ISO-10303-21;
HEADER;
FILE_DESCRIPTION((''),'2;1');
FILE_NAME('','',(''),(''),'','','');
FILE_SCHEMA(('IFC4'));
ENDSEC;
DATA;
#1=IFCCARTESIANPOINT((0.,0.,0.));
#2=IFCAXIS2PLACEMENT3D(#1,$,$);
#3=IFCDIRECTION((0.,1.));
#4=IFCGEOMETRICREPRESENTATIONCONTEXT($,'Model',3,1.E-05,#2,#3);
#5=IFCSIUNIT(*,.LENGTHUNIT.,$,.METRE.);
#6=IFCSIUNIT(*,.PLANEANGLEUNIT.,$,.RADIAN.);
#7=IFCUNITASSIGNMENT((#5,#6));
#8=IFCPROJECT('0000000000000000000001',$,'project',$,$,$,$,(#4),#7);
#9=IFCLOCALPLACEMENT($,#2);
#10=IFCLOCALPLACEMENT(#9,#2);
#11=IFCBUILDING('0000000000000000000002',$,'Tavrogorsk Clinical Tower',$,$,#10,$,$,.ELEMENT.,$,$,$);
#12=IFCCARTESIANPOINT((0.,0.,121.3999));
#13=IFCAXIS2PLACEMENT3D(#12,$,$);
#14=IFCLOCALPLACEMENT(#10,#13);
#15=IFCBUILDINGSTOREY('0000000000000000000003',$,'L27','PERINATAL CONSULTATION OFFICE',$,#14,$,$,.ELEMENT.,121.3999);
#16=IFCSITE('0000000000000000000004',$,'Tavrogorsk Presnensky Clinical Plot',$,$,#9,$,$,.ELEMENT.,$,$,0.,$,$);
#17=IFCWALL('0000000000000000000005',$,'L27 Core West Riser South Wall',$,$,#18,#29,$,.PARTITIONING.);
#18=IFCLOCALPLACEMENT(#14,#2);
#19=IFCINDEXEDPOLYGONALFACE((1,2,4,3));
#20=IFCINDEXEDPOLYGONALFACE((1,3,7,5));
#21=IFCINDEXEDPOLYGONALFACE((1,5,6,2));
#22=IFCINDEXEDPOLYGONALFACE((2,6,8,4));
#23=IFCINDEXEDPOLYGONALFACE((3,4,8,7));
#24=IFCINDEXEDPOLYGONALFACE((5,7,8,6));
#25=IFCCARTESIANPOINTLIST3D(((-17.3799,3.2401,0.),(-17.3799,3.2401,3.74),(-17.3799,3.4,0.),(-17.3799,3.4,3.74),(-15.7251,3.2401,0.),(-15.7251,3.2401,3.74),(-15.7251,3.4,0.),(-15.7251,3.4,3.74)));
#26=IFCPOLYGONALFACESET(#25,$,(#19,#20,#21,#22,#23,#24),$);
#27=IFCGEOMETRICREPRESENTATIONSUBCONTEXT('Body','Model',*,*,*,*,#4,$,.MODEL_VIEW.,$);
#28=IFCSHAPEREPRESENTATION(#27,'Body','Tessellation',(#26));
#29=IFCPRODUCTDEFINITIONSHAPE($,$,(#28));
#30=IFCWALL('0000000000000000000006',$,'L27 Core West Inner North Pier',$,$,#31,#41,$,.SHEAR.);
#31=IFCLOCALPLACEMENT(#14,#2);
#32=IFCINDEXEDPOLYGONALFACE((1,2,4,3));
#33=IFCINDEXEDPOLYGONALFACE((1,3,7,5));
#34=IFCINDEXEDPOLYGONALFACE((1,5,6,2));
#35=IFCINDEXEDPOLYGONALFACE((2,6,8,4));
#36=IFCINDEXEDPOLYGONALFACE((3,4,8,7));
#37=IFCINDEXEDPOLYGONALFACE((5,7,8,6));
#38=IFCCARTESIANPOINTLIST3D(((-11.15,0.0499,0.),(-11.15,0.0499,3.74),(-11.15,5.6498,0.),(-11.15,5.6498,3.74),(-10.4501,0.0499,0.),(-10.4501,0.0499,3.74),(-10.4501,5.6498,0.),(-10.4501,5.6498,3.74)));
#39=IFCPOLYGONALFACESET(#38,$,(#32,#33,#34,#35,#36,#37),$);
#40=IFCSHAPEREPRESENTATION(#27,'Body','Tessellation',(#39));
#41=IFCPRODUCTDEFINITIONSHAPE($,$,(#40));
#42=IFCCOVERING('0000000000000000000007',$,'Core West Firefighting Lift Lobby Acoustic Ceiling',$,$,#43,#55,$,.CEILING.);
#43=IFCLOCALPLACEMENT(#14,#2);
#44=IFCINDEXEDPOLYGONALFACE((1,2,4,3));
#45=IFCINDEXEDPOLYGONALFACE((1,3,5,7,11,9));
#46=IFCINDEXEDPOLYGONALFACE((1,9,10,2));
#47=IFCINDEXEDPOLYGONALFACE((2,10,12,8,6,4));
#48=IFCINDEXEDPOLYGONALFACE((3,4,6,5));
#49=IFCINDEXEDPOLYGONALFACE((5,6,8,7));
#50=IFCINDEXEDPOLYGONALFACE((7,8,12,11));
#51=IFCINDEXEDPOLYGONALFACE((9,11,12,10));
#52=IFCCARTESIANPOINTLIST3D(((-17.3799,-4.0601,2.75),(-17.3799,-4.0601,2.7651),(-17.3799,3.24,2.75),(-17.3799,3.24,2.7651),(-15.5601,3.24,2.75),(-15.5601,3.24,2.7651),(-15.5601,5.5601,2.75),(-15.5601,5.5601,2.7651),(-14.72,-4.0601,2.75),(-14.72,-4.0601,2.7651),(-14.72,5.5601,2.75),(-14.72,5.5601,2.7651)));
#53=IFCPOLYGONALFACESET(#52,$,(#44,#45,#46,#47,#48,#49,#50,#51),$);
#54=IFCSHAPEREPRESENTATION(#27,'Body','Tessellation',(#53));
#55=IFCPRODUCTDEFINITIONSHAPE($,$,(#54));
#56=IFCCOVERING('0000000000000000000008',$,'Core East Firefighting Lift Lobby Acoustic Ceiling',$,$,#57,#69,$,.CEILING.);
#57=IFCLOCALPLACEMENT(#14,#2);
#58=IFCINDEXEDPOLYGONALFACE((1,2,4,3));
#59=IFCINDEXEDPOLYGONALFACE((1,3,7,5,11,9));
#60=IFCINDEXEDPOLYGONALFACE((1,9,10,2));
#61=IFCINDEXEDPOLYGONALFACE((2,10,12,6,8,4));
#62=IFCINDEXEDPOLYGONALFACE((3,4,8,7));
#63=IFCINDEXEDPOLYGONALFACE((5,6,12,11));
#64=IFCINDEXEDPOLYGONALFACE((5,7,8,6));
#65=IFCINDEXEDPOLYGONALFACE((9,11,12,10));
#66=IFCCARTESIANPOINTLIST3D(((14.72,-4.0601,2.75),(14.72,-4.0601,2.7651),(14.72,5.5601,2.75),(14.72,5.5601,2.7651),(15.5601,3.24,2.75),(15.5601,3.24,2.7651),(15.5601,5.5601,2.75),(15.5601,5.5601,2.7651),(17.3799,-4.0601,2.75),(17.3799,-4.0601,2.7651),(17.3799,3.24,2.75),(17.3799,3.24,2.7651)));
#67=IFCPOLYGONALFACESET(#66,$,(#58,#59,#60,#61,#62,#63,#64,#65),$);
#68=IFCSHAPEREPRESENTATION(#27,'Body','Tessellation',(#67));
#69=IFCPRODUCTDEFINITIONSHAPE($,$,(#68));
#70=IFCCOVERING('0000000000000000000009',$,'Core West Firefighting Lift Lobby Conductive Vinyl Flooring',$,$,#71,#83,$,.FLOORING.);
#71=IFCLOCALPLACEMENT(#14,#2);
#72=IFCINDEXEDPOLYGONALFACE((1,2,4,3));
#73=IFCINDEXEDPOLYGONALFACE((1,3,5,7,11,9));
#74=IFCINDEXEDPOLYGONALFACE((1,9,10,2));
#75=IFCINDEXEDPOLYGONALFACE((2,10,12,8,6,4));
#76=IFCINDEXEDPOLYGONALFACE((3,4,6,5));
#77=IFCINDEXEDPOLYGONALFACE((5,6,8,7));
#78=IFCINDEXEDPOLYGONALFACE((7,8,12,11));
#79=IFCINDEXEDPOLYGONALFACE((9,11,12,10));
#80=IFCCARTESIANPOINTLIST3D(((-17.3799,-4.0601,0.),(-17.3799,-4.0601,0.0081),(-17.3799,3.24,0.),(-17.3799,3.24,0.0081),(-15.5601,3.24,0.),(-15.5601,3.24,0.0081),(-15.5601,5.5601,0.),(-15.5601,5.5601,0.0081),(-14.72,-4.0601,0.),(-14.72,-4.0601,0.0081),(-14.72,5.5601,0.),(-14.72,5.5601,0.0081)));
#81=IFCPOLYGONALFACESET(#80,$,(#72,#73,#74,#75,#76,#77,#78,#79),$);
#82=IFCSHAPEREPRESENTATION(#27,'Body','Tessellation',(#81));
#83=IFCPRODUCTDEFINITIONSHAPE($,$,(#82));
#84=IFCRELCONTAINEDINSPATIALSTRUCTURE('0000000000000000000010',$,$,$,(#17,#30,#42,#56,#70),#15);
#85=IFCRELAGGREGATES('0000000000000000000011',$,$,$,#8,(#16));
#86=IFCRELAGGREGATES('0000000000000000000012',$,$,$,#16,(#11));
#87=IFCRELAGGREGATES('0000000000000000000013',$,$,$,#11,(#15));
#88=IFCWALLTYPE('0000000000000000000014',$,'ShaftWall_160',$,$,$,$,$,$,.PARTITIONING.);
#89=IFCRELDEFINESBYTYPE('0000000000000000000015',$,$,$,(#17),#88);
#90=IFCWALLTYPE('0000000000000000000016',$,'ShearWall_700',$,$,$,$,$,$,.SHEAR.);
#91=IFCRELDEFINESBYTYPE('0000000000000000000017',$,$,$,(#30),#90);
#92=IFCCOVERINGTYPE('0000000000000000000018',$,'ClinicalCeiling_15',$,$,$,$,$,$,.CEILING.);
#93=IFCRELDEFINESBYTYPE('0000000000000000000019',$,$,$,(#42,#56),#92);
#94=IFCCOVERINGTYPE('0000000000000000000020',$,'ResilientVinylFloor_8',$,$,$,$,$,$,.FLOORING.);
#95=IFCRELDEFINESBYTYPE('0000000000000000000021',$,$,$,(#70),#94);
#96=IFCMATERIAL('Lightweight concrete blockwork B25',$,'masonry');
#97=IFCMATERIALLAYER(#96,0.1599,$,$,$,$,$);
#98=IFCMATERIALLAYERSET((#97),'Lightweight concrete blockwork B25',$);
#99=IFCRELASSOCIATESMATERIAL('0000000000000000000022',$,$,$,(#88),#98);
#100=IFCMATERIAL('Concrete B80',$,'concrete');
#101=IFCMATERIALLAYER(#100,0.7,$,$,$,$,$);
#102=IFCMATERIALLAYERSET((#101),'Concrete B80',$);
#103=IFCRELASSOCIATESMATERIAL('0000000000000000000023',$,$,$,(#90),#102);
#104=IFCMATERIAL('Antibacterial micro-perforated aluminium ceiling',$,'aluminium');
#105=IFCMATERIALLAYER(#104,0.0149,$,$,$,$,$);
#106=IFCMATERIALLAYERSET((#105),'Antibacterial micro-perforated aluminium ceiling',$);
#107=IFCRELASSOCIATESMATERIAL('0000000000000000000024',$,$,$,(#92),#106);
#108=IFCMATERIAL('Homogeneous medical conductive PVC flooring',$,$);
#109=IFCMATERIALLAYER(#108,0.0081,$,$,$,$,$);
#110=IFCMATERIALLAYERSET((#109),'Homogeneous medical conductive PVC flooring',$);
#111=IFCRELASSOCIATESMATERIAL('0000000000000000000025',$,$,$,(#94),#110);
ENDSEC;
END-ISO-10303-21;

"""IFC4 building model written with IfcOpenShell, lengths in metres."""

from ifc_helpers import new_model, si_unit, direction, frame, frame_2d, origin, place, context, subcontext, project, spatial, polyline, rectangle, outline, extrude, material, layer, layer_set, type_object, element, save


model = new_model("IFC4")

# Units and contexts
model_context = context("Model", 3, precision=1e-05, world=origin(), true_north=direction((0.0, 1.0)))
body_context = subcontext(model_context, "Body", "Model", "MODEL_VIEW")
ifc_project = project(units=[si_unit("LENGTHUNIT", "METRE"), si_unit("PLANEANGLEUNIT", "RADIAN")], contexts=[model_context])

# Site, building, storey
site_placement = place(None, origin())
site = spatial("IfcSite", under=ifc_project, at=site_placement, Name="Tavrogorsk Presnensky Clinical Plot", CompositionType="ELEMENT", RefElevation=0.0)
building_placement = place(site_placement, origin())
building = spatial("IfcBuilding", under=site, at=building_placement, Name="Tavrogorsk Clinical Tower", CompositionType="ELEMENT")
storey_placement = place(building_placement, frame((0.0, 0.0, 121.3999)))
storey = spatial("IfcBuildingStorey", under=building, at=storey_placement, Name="L27", Description="PERINATAL CONSULTATION OFFICE", CompositionType="ELEMENT", Elevation=121.3999)

# Shared definitions
ifc_material_1 = material(Name="Lightweight concrete blockwork B25", Category="masonry")
ifc_layer_1 = layer(ifc_material_1, 0.1599)
ifc_layer_set_1 = layer_set([ifc_layer_1], Name="Lightweight concrete blockwork B25")
wall_type_1 = type_object("IfcWallType", Name="ShaftWall_160", PredefinedType="PARTITIONING", material=ifc_layer_set_1)

# Walls
wall_1_placement = place(storey_placement, frame((-17.3799, 3.3201, 0.0), z_axis=(0.0, 0.0, 1.0), x_axis=(1.0, 0.0, 0.0)))
element("IfcWall", 1, at=wall_1_placement, inside=storey, type_object=wall_type_1, Name="L27 Core West Riser South Wall", PredefinedType="PARTITIONING", context=body_context, shape_type="SweptSolid", body=[
    extrude(rectangle(XDim=1.6548, YDim=0.1599, at=frame_2d((0.8274, 0.0))), origin(), (0.0, 0.0, 1.0), 3.74),
])
ifc_material_2 = material(Name="Concrete B80", Category="concrete")
ifc_layer_2 = layer(ifc_material_2, 0.7)
ifc_layer_set_2 = layer_set([ifc_layer_2], Name="Concrete B80")
wall_type_2 = type_object("IfcWallType", Name="ShearWall_700", PredefinedType="SHEAR", material=ifc_layer_set_2)
wall_2_placement = place(storey_placement, frame((-10.8, 0.05, 0.0), z_axis=(0.0, 0.0, 1.0), x_axis=(0.0, 1.0, 0.0)))
element("IfcWall", 2, at=wall_2_placement, inside=storey, type_object=wall_type_2, Name="L27 Core West Inner North Pier", PredefinedType="SHEAR", context=body_context, shape_type="SweptSolid", body=[
    extrude(rectangle(XDim=5.5999, YDim=0.7, at=frame_2d((2.7998, 0.0))), origin(), (0.0, 0.0, 1.0), 3.74),
])

# Coverings
ifc_material_3 = material(Name="Antibacterial micro-perforated aluminium ceiling", Category="aluminium")
ifc_layer_3 = layer(ifc_material_3, 0.0149)
ifc_layer_set_3 = layer_set([ifc_layer_3], Name="Antibacterial micro-perforated aluminium ceiling")
covering_type_1 = type_object("IfcCoveringType", Name="ClinicalCeiling_15", PredefinedType="CEILING", material=ifc_layer_set_3)
covering_1_placement = place(storey_placement, frame((0.0, 0.0, 2.75)))
element("IfcCovering", 3, at=covering_1_placement, inside=storey, type_object=covering_type_1, Name="Core West Firefighting Lift Lobby Acoustic Ceiling", PredefinedType="CEILING", context=body_context, shape_type="SweptSolid", body=[
    extrude(outline(polyline([(-14.72, 5.5601), (-14.72, -4.0601), (-17.3799, -4.0601), (-17.3799, 3.24), (-15.5601, 3.24), (-15.5601, 5.5601), (-14.72, 5.5601)])), origin(), (0.0, 0.0, 1.0), 0.0151),
])
covering_2_placement = place(storey_placement, frame((0.0, 0.0, 2.75)))
element("IfcCovering", 4, at=covering_2_placement, inside=storey, type_object=covering_type_1, Name="Core East Firefighting Lift Lobby Acoustic Ceiling", PredefinedType="CEILING", context=body_context, shape_type="SweptSolid", body=[
    extrude(outline(polyline([(17.3799, -4.0601), (14.72, -4.0601), (14.72, 5.5601), (15.5601, 5.5601), (15.5601, 3.24), (17.3799, 3.24), (17.3799, -4.0601)])), origin(), (0.0, 0.0, 1.0), 0.0151),
])
ifc_material_4 = material(Name="Homogeneous medical conductive PVC flooring")
ifc_layer_4 = layer(ifc_material_4, 0.0081)
ifc_layer_set_4 = layer_set([ifc_layer_4], Name="Homogeneous medical conductive PVC flooring")
covering_type_2 = type_object("IfcCoveringType", Name="ResilientVinylFloor_8", PredefinedType="FLOORING", material=ifc_layer_set_4)
covering_3_placement = place(storey_placement, origin())
element("IfcCovering", 5, at=covering_3_placement, inside=storey, type_object=covering_type_2, Name="Core West Firefighting Lift Lobby Conductive Vinyl Flooring", PredefinedType="FLOORING", context=body_context, shape_type="SweptSolid", body=[
    extrude(outline(polyline([(-14.72, 5.5601), (-14.72, -4.0601), (-17.3799, -4.0601), (-17.3799, 3.24), (-15.5601, 3.24), (-15.5601, 5.5601), (-14.72, 5.5601)])), origin(), (0.0, 0.0, 1.0), 0.0081),
])

save(model, "model.ifc")
